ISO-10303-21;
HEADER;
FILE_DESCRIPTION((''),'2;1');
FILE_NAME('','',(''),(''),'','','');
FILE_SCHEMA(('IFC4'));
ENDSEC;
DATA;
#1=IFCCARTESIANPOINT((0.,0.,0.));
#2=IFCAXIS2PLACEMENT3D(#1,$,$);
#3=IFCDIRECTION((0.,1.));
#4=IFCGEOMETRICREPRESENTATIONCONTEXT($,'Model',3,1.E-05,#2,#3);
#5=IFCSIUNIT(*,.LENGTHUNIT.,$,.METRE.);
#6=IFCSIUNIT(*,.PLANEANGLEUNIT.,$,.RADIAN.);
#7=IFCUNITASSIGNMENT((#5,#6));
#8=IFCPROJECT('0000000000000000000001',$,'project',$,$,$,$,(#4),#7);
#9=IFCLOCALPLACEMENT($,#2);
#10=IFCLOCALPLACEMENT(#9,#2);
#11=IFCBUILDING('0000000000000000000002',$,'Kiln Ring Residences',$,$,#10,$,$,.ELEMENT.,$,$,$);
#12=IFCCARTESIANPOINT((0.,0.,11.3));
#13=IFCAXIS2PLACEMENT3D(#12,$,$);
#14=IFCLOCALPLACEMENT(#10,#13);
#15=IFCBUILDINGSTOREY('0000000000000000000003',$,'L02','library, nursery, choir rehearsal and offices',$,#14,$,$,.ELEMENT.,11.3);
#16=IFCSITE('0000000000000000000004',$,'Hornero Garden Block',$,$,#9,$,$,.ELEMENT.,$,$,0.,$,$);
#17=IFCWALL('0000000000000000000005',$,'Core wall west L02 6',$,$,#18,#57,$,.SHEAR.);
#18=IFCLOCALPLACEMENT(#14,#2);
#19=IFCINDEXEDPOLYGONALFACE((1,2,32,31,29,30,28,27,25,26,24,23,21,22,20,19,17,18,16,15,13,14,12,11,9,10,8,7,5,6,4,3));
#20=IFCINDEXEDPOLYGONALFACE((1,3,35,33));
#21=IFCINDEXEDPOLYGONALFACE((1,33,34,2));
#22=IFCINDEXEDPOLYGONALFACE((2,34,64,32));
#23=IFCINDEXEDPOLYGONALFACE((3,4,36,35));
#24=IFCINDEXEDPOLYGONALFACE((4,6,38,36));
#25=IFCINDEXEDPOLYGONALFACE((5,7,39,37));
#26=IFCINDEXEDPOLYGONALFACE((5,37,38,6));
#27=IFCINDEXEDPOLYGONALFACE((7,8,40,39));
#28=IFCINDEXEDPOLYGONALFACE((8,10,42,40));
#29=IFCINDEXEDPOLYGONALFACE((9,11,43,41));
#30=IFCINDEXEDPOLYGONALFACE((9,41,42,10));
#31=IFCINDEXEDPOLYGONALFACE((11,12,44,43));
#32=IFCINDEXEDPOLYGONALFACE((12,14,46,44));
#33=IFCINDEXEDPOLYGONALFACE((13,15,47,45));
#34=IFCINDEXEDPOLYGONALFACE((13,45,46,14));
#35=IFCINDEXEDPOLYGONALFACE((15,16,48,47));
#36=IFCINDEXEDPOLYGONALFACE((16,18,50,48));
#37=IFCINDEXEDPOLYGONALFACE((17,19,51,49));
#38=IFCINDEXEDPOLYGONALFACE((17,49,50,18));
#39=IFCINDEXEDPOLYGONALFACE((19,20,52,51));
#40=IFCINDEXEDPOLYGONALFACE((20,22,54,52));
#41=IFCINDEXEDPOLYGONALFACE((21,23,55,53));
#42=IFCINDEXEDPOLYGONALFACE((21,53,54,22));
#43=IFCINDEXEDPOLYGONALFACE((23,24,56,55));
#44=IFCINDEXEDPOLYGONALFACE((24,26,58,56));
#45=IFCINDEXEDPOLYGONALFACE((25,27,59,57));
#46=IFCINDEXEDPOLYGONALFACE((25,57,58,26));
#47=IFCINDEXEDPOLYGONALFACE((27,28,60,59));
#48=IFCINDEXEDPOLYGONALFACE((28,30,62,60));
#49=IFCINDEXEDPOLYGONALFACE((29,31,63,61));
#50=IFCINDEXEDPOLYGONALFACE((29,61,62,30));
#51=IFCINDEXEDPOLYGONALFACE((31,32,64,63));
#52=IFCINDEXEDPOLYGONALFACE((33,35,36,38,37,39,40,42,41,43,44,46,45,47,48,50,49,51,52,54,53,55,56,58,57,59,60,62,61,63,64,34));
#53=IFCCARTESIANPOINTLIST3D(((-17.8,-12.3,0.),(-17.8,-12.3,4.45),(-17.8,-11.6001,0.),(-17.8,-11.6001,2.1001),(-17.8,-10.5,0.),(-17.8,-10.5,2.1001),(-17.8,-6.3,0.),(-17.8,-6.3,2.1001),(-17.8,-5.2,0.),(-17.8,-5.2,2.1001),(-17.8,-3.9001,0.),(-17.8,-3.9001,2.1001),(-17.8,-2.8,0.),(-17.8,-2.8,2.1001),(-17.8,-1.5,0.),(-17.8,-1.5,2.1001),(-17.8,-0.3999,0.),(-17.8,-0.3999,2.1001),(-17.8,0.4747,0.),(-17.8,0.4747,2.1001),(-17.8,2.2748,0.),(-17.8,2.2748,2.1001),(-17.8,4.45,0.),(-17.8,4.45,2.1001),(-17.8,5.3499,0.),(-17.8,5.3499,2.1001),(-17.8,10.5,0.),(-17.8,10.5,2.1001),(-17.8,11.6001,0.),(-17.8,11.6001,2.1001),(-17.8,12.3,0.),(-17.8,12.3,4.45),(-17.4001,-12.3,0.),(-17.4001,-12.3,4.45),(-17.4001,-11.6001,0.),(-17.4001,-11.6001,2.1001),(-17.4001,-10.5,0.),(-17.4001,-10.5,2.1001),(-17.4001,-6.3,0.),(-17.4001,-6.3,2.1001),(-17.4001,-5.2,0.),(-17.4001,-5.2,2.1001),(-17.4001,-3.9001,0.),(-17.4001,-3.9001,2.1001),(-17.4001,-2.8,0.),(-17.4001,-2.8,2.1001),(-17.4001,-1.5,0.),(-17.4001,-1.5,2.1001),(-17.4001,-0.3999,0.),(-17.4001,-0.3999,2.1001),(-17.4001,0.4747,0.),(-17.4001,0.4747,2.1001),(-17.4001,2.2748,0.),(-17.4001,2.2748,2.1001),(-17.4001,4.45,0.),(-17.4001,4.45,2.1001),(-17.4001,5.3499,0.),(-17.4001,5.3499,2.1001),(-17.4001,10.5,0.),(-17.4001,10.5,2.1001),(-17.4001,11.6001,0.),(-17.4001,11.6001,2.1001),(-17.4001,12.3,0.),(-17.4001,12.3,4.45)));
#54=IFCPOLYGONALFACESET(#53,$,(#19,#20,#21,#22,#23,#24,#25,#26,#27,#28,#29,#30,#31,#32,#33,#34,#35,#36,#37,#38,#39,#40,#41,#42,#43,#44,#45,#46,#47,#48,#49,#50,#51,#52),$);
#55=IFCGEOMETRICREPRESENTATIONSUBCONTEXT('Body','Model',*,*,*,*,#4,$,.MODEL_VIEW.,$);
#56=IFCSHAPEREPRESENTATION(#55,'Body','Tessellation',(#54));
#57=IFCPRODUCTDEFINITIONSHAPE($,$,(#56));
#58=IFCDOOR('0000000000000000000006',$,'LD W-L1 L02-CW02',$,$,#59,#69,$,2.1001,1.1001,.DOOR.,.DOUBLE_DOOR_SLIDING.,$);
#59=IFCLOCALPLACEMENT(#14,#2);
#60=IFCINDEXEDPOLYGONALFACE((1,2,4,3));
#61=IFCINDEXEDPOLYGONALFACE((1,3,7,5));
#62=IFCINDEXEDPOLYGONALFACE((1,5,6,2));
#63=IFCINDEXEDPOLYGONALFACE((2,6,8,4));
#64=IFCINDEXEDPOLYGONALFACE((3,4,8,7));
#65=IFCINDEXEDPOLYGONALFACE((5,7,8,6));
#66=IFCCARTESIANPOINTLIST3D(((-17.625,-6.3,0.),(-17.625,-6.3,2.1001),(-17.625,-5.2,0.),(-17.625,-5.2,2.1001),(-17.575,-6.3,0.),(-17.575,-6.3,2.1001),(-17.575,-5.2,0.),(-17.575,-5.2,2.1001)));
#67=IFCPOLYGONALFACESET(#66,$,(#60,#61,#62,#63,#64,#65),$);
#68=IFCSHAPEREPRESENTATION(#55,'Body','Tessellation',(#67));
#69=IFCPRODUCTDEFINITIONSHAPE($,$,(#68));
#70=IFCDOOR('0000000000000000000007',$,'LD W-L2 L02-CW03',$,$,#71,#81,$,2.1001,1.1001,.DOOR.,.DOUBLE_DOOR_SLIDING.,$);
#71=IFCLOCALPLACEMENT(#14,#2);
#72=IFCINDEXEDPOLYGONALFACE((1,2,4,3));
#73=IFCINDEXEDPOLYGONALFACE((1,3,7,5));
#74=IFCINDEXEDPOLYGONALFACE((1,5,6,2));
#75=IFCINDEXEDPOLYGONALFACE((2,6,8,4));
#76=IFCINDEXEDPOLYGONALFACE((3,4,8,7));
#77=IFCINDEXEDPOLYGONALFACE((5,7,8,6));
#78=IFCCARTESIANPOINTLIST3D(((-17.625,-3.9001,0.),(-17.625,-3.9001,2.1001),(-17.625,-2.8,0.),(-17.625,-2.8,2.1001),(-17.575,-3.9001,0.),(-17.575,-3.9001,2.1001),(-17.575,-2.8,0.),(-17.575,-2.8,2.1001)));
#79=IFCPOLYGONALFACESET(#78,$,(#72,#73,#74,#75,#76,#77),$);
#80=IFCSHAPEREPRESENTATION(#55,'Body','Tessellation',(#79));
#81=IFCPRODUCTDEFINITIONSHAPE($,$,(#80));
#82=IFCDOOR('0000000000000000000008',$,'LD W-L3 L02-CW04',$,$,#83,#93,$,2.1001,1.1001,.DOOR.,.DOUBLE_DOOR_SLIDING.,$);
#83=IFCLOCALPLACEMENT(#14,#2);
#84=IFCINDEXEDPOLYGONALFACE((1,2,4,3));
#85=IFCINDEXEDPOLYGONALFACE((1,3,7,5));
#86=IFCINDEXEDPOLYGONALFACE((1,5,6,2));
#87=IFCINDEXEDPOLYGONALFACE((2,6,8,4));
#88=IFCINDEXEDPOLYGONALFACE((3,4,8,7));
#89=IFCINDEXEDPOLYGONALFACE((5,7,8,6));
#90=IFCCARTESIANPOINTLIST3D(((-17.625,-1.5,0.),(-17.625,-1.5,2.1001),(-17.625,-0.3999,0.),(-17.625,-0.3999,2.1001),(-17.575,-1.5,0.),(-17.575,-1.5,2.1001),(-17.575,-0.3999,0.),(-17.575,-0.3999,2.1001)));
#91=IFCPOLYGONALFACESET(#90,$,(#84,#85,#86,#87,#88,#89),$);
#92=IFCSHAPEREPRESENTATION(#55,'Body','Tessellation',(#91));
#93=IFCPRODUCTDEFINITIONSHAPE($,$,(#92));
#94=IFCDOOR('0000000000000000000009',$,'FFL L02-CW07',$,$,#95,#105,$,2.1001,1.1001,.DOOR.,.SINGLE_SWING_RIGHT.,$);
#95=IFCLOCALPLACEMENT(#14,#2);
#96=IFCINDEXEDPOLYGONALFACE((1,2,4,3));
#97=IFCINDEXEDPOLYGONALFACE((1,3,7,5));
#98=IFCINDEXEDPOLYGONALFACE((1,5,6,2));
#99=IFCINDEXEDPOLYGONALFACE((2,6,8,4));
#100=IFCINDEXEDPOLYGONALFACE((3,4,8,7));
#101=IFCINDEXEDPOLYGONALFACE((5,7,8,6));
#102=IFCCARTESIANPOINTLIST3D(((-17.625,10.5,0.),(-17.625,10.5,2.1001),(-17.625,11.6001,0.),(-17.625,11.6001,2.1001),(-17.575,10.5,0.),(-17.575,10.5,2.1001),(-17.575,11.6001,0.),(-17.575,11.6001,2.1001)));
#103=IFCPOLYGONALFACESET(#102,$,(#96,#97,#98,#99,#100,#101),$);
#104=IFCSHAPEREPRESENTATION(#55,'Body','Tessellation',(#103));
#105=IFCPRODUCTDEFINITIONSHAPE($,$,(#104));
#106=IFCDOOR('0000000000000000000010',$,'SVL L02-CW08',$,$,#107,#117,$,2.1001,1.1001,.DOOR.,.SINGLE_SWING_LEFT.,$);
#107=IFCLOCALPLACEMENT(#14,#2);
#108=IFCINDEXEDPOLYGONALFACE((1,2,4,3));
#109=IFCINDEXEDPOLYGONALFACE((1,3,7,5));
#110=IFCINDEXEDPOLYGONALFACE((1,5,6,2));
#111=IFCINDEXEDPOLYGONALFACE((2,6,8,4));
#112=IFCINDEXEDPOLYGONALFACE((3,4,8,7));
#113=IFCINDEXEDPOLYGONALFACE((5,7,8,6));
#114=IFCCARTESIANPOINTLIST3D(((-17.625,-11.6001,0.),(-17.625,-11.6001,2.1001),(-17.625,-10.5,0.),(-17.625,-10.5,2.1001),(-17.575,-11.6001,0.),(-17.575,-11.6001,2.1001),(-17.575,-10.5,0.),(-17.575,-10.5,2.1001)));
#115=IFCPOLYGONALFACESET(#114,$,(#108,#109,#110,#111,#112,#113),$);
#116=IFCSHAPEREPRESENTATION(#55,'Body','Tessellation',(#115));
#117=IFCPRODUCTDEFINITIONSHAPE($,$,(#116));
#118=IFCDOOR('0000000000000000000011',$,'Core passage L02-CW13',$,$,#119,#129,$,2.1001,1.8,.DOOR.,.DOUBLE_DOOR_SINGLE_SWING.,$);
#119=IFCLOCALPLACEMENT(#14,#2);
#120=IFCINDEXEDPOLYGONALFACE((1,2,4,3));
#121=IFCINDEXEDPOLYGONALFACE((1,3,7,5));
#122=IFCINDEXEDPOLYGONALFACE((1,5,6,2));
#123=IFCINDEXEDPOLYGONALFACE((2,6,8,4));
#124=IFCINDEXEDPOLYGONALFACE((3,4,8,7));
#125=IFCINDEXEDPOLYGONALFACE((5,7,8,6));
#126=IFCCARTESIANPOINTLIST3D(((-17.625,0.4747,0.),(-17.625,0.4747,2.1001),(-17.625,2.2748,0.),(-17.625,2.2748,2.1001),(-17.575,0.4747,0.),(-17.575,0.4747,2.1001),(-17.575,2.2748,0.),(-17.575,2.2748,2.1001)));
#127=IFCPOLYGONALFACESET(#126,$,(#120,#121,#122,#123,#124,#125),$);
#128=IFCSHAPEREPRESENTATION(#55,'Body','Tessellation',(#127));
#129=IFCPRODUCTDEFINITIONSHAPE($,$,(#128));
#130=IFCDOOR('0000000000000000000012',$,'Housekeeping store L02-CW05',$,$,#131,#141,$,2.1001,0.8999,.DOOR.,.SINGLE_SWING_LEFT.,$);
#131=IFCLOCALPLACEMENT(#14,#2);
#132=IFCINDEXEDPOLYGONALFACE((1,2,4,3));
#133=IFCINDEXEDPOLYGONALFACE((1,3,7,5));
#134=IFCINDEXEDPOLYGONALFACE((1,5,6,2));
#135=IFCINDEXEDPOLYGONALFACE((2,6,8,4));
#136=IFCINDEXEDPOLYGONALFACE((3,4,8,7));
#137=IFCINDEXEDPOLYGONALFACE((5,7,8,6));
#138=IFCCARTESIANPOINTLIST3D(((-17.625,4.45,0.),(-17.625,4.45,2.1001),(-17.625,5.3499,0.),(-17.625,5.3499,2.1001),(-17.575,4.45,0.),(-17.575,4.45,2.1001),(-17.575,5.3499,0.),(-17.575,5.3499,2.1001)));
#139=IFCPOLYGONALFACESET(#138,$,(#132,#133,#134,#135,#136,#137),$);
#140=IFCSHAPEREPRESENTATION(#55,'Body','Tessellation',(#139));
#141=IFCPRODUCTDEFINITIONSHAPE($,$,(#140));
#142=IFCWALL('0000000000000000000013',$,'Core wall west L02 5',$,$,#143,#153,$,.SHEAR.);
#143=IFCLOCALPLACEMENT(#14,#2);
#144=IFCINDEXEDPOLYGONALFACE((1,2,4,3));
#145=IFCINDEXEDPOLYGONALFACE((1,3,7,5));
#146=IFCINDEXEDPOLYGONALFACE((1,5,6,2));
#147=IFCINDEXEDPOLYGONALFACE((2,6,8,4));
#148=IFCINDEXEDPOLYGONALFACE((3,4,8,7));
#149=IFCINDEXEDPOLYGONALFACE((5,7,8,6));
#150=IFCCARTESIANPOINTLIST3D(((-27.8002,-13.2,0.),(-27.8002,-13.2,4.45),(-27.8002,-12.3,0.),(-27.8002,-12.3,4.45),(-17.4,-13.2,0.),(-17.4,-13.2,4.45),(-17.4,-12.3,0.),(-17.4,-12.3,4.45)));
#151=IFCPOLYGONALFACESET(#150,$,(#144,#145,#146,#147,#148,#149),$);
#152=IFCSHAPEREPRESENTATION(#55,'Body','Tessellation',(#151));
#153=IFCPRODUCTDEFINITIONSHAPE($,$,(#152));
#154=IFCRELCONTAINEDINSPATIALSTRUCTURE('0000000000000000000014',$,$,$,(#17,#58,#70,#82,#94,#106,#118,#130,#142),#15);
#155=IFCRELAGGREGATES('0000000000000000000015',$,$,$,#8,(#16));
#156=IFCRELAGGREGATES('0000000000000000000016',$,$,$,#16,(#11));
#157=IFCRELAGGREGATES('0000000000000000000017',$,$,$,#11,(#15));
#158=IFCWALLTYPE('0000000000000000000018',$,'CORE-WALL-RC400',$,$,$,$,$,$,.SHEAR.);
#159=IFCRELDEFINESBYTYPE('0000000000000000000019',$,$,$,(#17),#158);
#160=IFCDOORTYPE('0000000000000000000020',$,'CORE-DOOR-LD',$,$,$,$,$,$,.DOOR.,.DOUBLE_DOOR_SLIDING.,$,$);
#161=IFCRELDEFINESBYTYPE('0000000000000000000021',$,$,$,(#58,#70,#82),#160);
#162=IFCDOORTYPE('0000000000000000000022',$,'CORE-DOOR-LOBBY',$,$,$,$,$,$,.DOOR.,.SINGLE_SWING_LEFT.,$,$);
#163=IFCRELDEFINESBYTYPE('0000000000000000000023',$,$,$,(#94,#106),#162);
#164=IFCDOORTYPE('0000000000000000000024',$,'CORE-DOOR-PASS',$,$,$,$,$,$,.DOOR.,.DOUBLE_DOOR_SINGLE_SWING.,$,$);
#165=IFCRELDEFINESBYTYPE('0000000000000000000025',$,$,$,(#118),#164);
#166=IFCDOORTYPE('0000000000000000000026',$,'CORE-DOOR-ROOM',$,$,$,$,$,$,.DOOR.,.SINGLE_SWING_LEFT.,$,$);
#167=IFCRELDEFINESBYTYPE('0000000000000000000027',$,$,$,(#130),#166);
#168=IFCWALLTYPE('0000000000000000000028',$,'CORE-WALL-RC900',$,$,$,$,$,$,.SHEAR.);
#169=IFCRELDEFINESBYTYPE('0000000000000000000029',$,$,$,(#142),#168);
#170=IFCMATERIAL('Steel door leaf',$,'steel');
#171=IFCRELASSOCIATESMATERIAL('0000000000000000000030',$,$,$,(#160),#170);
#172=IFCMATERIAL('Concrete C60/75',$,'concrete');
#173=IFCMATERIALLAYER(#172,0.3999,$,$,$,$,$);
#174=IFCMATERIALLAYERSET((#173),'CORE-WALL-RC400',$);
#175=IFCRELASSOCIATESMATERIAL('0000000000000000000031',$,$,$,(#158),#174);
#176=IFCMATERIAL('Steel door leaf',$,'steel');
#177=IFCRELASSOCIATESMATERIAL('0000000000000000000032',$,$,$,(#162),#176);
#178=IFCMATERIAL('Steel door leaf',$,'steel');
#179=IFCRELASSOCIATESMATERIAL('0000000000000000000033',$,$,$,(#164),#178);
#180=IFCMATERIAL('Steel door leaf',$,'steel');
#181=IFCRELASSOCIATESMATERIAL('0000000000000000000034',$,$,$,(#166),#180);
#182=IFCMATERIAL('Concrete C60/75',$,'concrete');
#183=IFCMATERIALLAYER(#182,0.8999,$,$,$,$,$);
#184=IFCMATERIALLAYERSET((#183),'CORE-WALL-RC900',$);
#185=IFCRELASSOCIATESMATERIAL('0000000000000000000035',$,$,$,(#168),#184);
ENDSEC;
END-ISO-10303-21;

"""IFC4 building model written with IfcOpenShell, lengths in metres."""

from ifc_helpers import new_model, si_unit, direction, frame, frame_2d, origin, place, context, subcontext, project, spatial, rectangle, extrude, material, layer, layer_set, type_object, element, fill, save


model = new_model("IFC4")

# Units and contexts
model_context = context("Model", 3, precision=1e-05, world=origin(), true_north=direction((0.0, 1.0)))
body_context = subcontext(model_context, "Body", "Model", "MODEL_VIEW")
ifc_project = project(units=[si_unit("LENGTHUNIT", "METRE"), si_unit("PLANEANGLEUNIT", "RADIAN")], contexts=[model_context])

# Site, building, storey
site_placement = place(None, origin())
site = spatial("IfcSite", under=ifc_project, at=site_placement, Name="Hornero Garden Block", CompositionType="ELEMENT", RefElevation=0.0)
building_placement = place(site_placement, origin())
building = spatial("IfcBuilding", under=site, at=building_placement, Name="Kiln Ring Residences", CompositionType="ELEMENT")
storey_placement = place(building_placement, frame((0.0, 0.0, 11.3)))
storey = spatial("IfcBuildingStorey", under=building, at=storey_placement, Name="L02", Description="library, nursery, choir rehearsal and offices", CompositionType="ELEMENT", Elevation=11.3)

# Wall, openings, doors
ifc_material_1 = material(Name="Steel door leaf", Category="steel")
door_type_1 = type_object("IfcDoorType", Name="CORE-DOOR-LD", OperationType="DOUBLE_DOOR_SLIDING", PredefinedType="DOOR", material=ifc_material_1)
ifc_material_2 = material(Name="Concrete C60/75", Category="concrete")
ifc_layer_1 = layer(ifc_material_2, 0.3999)
ifc_layer_set_1 = layer_set([ifc_layer_1], Name="CORE-WALL-RC400")
wall_type_1 = type_object("IfcWallType", Name="CORE-WALL-RC400", PredefinedType="SHEAR", material=ifc_layer_set_1)
wall_1_placement = place(storey_placement, frame((-17.6001, -12.3, 0.0), z_axis=(0.0, 0.0, 1.0), x_axis=(0.0, 1.0, 0.0)))
wall_1 = element("IfcWall", 1, at=wall_1_placement, inside=storey, type_object=wall_type_1, Name="Core wall west L02 6", PredefinedType="SHEAR", context=body_context, shape_type="SweptSolid", body=[
    extrude(rectangle(XDim=24.6001, YDim=0.3999, at=frame_2d((12.3, 0.0))), origin(), (0.0, 0.0, 1.0), 4.45),
])
opening_1_placement = place(wall_1_placement, frame((6.0, 0.0, 0.0)))
opening_1 = element("IfcOpeningElement", 2, at=opening_1_placement, cuts=wall_1, PredefinedType="OPENING", context=body_context, shape_type="SweptSolid", body=[
    extrude(rectangle(XDim=1.1001, YDim=2.1001, at=frame_2d((0.55, 1.05))), frame((0.0, 0.21, 0.0), z_axis=(0.0, -1.0, 0.0), x_axis=(1.0, 0.0, 0.0)), (0.0, 0.0, 1.0), 0.4199),
])
opening_2_placement = place(wall_1_placement, frame((8.3999, 0.0, 0.0)))
opening_2 = element("IfcOpeningElement", 3, at=opening_2_placement, cuts=wall_1, PredefinedType="OPENING", context=body_context, shape_type="SweptSolid", body=[
    extrude(rectangle(XDim=1.1001, YDim=2.1001, at=frame_2d((0.55, 1.05))), frame((0.0, 0.21, 0.0), z_axis=(0.0, -1.0, 0.0), x_axis=(1.0, 0.0, 0.0)), (0.0, 0.0, 1.0), 0.4199),
])
opening_3_placement = place(wall_1_placement, frame((10.8, 0.0, 0.0)))
opening_3 = element("IfcOpeningElement", 4, at=opening_3_placement, cuts=wall_1, PredefinedType="OPENING", context=body_context, shape_type="SweptSolid", body=[
    extrude(rectangle(XDim=1.1001, YDim=2.1001, at=frame_2d((0.55, 1.05))), frame((0.0, 0.21, 0.0), z_axis=(0.0, -1.0, 0.0), x_axis=(1.0, 0.0, 0.0)), (0.0, 0.0, 1.0), 0.4199),
])
opening_4_placement = place(wall_1_placement, frame((16.75, 0.0, 0.0)))
opening_4 = element("IfcOpeningElement", 5, at=opening_4_placement, cuts=wall_1, PredefinedType="OPENING", context=body_context, shape_type="SweptSolid", body=[
    extrude(rectangle(XDim=0.8999, YDim=2.1001, at=frame_2d((0.45, 1.05))), frame((0.0, 0.21, 0.0), z_axis=(0.0, -1.0, 0.0), x_axis=(1.0, 0.0, 0.0)), (0.0, 0.0, 1.0), 0.4199),
])
opening_5_placement = place(wall_1_placement, frame((22.8, 0.0, 0.0)))
opening_5 = element("IfcOpeningElement", 6, at=opening_5_placement, cuts=wall_1, PredefinedType="OPENING", context=body_context, shape_type="SweptSolid", body=[
    extrude(rectangle(XDim=1.1001, YDim=2.1001, at=frame_2d((0.55, 1.05))), frame((0.0, 0.21, 0.0), z_axis=(0.0, -1.0, 0.0), x_axis=(1.0, 0.0, 0.0)), (0.0, 0.0, 1.0), 0.4199),
])
opening_6_placement = place(wall_1_placement, frame((0.7, 0.0, 0.0)))
opening_6 = element("IfcOpeningElement", 7, at=opening_6_placement, cuts=wall_1, PredefinedType="OPENING", context=body_context, shape_type="SweptSolid", body=[
    extrude(rectangle(XDim=1.1001, YDim=2.1001, at=frame_2d((0.55, 1.05))), frame((0.0, 0.21, 0.0), z_axis=(0.0, -1.0, 0.0), x_axis=(1.0, 0.0, 0.0)), (0.0, 0.0, 1.0), 0.4199),
])
opening_7_placement = place(wall_1_placement, frame((12.7749, 0.0, 0.0)))
opening_7 = element("IfcOpeningElement", 8, at=opening_7_placement, cuts=wall_1, PredefinedType="OPENING", context=body_context, shape_type="SweptSolid", body=[
    extrude(rectangle(XDim=1.8, YDim=2.1001, at=frame_2d((0.8999, 1.05))), frame((0.0, 0.21, 0.0), z_axis=(0.0, -1.0, 0.0), x_axis=(1.0, 0.0, 0.0)), (0.0, 0.0, 1.0), 0.4199),
])
door_1_placement = place(opening_1_placement, origin())
door_1 = element("IfcDoor", 9, at=door_1_placement, inside=storey, type_object=door_type_1, Name="LD W-L1 L02-CW02", OperationType="DOUBLE_DOOR_SLIDING", OverallHeight=2.1001, OverallWidth=1.1001, PredefinedType="DOOR", context=body_context, shape_type="SweptSolid", body=[
    extrude(rectangle(XDim=1.1001, YDim=2.1001, at=frame_2d((0.55, 1.05))), frame((0.0, 0.0249, 0.0), z_axis=(0.0, -1.0, 0.0), x_axis=(1.0, 0.0, 0.0)), (0.0, 0.0, 1.0), 0.05),
])
fill(opening_1, door_1)
door_2_placement = place(opening_2_placement, origin())
door_2 = element("IfcDoor", 10, at=door_2_placement, inside=storey, type_object=door_type_1, Name="LD W-L2 L02-CW03", OperationType="DOUBLE_DOOR_SLIDING", OverallHeight=2.1001, OverallWidth=1.1001, PredefinedType="DOOR", context=body_context, shape_type="SweptSolid", body=[
    extrude(rectangle(XDim=1.1001, YDim=2.1001, at=frame_2d((0.55, 1.05))), frame((0.0, 0.0249, 0.0), z_axis=(0.0, -1.0, 0.0), x_axis=(1.0, 0.0, 0.0)), (0.0, 0.0, 1.0), 0.05),
])
fill(opening_2, door_2)
door_3_placement = place(opening_3_placement, origin())
door_3 = element("IfcDoor", 11, at=door_3_placement, inside=storey, type_object=door_type_1, Name="LD W-L3 L02-CW04", OperationType="DOUBLE_DOOR_SLIDING", OverallHeight=2.1001, OverallWidth=1.1001, PredefinedType="DOOR", context=body_context, shape_type="SweptSolid", body=[
    extrude(rectangle(XDim=1.1001, YDim=2.1001, at=frame_2d((0.55, 1.05))), frame((0.0, 0.0249, 0.0), z_axis=(0.0, -1.0, 0.0), x_axis=(1.0, 0.0, 0.0)), (0.0, 0.0, 1.0), 0.05),
])
fill(opening_3, door_3)
ifc_material_3 = material(Name="Steel door leaf", Category="steel")
door_type_2 = type_object("IfcDoorType", Name="CORE-DOOR-LOBBY", OperationType="SINGLE_SWING_LEFT", PredefinedType="DOOR", material=ifc_material_3)
door_4_placement = place(opening_5_placement, origin())
door_4 = element("IfcDoor", 12, at=door_4_placement, inside=storey, type_object=door_type_2, Name="FFL L02-CW07", OperationType="SINGLE_SWING_RIGHT", OverallHeight=2.1001, OverallWidth=1.1001, PredefinedType="DOOR", context=body_context, shape_type="SweptSolid", body=[
    extrude(rectangle(XDim=1.1001, YDim=2.1001, at=frame_2d((0.55, 1.05))), frame((0.0, 0.0249, 0.0), z_axis=(0.0, -1.0, 0.0), x_axis=(1.0, 0.0, 0.0)), (0.0, 0.0, 1.0), 0.05),
])
fill(opening_5, door_4)
door_5_placement = place(opening_6_placement, origin())
door_5 = element("IfcDoor", 13, at=door_5_placement, inside=storey, type_object=door_type_2, Name="SVL L02-CW08", OperationType="SINGLE_SWING_LEFT", OverallHeight=2.1001, OverallWidth=1.1001, PredefinedType="DOOR", context=body_context, shape_type="SweptSolid", body=[
    extrude(rectangle(XDim=1.1001, YDim=2.1001, at=frame_2d((0.55, 1.05))), frame((0.0, 0.0249, 0.0), z_axis=(0.0, -1.0, 0.0), x_axis=(1.0, 0.0, 0.0)), (0.0, 0.0, 1.0), 0.05),
])
fill(opening_6, door_5)
ifc_material_4 = material(Name="Steel door leaf", Category="steel")
door_type_3 = type_object("IfcDoorType", Name="CORE-DOOR-PASS", OperationType="DOUBLE_DOOR_SINGLE_SWING", PredefinedType="DOOR", material=ifc_material_4)
door_6_placement = place(opening_7_placement, origin())
door_6 = element("IfcDoor", 14, at=door_6_placement, inside=storey, type_object=door_type_3, Name="Core passage L02-CW13", OperationType="DOUBLE_DOOR_SINGLE_SWING", OverallHeight=2.1001, OverallWidth=1.8, PredefinedType="DOOR", context=body_context, shape_type="SweptSolid", body=[
    extrude(rectangle(XDim=1.8, YDim=2.1001, at=frame_2d((0.8999, 1.05))), frame((0.0, 0.0249, 0.0), z_axis=(0.0, -1.0, 0.0), x_axis=(1.0, 0.0, 0.0)), (0.0, 0.0, 1.0), 0.05),
])
fill(opening_7, door_6)
ifc_material_5 = material(Name="Steel door leaf", Category="steel")
door_type_4 = type_object("IfcDoorType", Name="CORE-DOOR-ROOM", OperationType="SINGLE_SWING_LEFT", PredefinedType="DOOR", material=ifc_material_5)
door_7_placement = place(opening_4_placement, origin())
door_7 = element("IfcDoor", 15, at=door_7_placement, inside=storey, type_object=door_type_4, Name="Housekeeping store L02-CW05", OperationType="SINGLE_SWING_LEFT", OverallHeight=2.1001, OverallWidth=0.8999, PredefinedType="DOOR", context=body_context, shape_type="SweptSolid", body=[
    extrude(rectangle(XDim=0.8999, YDim=2.1001, at=frame_2d((0.45, 1.05))), frame((0.0, 0.0249, 0.0), z_axis=(0.0, -1.0, 0.0), x_axis=(1.0, 0.0, 0.0)), (0.0, 0.0, 1.0), 0.05),
])
fill(opening_4, door_7)

# Wall
ifc_material_6 = material(Name="Concrete C60/75", Category="concrete")
ifc_layer_2 = layer(ifc_material_6, 0.8999)
ifc_layer_set_2 = layer_set([ifc_layer_2], Name="CORE-WALL-RC900")
wall_type_2 = type_object("IfcWallType", Name="CORE-WALL-RC900", PredefinedType="SHEAR", material=ifc_layer_set_2)
wall_2_placement = place(storey_placement, frame((-17.3999, -12.75, 0.0), z_axis=(0.0, 0.0, 1.0), x_axis=(-1.0, 0.0, 0.0)))
element("IfcWall", 16, at=wall_2_placement, inside=storey, type_object=wall_type_2, Name="Core wall west L02 5", PredefinedType="SHEAR", context=body_context, shape_type="SweptSolid", body=[
    extrude(rectangle(XDim=10.4001, YDim=0.8999, at=frame_2d((5.2002, 0.0))), origin(), (0.0, 0.0, 1.0), 4.45),
])

save(model, "model.ifc")
